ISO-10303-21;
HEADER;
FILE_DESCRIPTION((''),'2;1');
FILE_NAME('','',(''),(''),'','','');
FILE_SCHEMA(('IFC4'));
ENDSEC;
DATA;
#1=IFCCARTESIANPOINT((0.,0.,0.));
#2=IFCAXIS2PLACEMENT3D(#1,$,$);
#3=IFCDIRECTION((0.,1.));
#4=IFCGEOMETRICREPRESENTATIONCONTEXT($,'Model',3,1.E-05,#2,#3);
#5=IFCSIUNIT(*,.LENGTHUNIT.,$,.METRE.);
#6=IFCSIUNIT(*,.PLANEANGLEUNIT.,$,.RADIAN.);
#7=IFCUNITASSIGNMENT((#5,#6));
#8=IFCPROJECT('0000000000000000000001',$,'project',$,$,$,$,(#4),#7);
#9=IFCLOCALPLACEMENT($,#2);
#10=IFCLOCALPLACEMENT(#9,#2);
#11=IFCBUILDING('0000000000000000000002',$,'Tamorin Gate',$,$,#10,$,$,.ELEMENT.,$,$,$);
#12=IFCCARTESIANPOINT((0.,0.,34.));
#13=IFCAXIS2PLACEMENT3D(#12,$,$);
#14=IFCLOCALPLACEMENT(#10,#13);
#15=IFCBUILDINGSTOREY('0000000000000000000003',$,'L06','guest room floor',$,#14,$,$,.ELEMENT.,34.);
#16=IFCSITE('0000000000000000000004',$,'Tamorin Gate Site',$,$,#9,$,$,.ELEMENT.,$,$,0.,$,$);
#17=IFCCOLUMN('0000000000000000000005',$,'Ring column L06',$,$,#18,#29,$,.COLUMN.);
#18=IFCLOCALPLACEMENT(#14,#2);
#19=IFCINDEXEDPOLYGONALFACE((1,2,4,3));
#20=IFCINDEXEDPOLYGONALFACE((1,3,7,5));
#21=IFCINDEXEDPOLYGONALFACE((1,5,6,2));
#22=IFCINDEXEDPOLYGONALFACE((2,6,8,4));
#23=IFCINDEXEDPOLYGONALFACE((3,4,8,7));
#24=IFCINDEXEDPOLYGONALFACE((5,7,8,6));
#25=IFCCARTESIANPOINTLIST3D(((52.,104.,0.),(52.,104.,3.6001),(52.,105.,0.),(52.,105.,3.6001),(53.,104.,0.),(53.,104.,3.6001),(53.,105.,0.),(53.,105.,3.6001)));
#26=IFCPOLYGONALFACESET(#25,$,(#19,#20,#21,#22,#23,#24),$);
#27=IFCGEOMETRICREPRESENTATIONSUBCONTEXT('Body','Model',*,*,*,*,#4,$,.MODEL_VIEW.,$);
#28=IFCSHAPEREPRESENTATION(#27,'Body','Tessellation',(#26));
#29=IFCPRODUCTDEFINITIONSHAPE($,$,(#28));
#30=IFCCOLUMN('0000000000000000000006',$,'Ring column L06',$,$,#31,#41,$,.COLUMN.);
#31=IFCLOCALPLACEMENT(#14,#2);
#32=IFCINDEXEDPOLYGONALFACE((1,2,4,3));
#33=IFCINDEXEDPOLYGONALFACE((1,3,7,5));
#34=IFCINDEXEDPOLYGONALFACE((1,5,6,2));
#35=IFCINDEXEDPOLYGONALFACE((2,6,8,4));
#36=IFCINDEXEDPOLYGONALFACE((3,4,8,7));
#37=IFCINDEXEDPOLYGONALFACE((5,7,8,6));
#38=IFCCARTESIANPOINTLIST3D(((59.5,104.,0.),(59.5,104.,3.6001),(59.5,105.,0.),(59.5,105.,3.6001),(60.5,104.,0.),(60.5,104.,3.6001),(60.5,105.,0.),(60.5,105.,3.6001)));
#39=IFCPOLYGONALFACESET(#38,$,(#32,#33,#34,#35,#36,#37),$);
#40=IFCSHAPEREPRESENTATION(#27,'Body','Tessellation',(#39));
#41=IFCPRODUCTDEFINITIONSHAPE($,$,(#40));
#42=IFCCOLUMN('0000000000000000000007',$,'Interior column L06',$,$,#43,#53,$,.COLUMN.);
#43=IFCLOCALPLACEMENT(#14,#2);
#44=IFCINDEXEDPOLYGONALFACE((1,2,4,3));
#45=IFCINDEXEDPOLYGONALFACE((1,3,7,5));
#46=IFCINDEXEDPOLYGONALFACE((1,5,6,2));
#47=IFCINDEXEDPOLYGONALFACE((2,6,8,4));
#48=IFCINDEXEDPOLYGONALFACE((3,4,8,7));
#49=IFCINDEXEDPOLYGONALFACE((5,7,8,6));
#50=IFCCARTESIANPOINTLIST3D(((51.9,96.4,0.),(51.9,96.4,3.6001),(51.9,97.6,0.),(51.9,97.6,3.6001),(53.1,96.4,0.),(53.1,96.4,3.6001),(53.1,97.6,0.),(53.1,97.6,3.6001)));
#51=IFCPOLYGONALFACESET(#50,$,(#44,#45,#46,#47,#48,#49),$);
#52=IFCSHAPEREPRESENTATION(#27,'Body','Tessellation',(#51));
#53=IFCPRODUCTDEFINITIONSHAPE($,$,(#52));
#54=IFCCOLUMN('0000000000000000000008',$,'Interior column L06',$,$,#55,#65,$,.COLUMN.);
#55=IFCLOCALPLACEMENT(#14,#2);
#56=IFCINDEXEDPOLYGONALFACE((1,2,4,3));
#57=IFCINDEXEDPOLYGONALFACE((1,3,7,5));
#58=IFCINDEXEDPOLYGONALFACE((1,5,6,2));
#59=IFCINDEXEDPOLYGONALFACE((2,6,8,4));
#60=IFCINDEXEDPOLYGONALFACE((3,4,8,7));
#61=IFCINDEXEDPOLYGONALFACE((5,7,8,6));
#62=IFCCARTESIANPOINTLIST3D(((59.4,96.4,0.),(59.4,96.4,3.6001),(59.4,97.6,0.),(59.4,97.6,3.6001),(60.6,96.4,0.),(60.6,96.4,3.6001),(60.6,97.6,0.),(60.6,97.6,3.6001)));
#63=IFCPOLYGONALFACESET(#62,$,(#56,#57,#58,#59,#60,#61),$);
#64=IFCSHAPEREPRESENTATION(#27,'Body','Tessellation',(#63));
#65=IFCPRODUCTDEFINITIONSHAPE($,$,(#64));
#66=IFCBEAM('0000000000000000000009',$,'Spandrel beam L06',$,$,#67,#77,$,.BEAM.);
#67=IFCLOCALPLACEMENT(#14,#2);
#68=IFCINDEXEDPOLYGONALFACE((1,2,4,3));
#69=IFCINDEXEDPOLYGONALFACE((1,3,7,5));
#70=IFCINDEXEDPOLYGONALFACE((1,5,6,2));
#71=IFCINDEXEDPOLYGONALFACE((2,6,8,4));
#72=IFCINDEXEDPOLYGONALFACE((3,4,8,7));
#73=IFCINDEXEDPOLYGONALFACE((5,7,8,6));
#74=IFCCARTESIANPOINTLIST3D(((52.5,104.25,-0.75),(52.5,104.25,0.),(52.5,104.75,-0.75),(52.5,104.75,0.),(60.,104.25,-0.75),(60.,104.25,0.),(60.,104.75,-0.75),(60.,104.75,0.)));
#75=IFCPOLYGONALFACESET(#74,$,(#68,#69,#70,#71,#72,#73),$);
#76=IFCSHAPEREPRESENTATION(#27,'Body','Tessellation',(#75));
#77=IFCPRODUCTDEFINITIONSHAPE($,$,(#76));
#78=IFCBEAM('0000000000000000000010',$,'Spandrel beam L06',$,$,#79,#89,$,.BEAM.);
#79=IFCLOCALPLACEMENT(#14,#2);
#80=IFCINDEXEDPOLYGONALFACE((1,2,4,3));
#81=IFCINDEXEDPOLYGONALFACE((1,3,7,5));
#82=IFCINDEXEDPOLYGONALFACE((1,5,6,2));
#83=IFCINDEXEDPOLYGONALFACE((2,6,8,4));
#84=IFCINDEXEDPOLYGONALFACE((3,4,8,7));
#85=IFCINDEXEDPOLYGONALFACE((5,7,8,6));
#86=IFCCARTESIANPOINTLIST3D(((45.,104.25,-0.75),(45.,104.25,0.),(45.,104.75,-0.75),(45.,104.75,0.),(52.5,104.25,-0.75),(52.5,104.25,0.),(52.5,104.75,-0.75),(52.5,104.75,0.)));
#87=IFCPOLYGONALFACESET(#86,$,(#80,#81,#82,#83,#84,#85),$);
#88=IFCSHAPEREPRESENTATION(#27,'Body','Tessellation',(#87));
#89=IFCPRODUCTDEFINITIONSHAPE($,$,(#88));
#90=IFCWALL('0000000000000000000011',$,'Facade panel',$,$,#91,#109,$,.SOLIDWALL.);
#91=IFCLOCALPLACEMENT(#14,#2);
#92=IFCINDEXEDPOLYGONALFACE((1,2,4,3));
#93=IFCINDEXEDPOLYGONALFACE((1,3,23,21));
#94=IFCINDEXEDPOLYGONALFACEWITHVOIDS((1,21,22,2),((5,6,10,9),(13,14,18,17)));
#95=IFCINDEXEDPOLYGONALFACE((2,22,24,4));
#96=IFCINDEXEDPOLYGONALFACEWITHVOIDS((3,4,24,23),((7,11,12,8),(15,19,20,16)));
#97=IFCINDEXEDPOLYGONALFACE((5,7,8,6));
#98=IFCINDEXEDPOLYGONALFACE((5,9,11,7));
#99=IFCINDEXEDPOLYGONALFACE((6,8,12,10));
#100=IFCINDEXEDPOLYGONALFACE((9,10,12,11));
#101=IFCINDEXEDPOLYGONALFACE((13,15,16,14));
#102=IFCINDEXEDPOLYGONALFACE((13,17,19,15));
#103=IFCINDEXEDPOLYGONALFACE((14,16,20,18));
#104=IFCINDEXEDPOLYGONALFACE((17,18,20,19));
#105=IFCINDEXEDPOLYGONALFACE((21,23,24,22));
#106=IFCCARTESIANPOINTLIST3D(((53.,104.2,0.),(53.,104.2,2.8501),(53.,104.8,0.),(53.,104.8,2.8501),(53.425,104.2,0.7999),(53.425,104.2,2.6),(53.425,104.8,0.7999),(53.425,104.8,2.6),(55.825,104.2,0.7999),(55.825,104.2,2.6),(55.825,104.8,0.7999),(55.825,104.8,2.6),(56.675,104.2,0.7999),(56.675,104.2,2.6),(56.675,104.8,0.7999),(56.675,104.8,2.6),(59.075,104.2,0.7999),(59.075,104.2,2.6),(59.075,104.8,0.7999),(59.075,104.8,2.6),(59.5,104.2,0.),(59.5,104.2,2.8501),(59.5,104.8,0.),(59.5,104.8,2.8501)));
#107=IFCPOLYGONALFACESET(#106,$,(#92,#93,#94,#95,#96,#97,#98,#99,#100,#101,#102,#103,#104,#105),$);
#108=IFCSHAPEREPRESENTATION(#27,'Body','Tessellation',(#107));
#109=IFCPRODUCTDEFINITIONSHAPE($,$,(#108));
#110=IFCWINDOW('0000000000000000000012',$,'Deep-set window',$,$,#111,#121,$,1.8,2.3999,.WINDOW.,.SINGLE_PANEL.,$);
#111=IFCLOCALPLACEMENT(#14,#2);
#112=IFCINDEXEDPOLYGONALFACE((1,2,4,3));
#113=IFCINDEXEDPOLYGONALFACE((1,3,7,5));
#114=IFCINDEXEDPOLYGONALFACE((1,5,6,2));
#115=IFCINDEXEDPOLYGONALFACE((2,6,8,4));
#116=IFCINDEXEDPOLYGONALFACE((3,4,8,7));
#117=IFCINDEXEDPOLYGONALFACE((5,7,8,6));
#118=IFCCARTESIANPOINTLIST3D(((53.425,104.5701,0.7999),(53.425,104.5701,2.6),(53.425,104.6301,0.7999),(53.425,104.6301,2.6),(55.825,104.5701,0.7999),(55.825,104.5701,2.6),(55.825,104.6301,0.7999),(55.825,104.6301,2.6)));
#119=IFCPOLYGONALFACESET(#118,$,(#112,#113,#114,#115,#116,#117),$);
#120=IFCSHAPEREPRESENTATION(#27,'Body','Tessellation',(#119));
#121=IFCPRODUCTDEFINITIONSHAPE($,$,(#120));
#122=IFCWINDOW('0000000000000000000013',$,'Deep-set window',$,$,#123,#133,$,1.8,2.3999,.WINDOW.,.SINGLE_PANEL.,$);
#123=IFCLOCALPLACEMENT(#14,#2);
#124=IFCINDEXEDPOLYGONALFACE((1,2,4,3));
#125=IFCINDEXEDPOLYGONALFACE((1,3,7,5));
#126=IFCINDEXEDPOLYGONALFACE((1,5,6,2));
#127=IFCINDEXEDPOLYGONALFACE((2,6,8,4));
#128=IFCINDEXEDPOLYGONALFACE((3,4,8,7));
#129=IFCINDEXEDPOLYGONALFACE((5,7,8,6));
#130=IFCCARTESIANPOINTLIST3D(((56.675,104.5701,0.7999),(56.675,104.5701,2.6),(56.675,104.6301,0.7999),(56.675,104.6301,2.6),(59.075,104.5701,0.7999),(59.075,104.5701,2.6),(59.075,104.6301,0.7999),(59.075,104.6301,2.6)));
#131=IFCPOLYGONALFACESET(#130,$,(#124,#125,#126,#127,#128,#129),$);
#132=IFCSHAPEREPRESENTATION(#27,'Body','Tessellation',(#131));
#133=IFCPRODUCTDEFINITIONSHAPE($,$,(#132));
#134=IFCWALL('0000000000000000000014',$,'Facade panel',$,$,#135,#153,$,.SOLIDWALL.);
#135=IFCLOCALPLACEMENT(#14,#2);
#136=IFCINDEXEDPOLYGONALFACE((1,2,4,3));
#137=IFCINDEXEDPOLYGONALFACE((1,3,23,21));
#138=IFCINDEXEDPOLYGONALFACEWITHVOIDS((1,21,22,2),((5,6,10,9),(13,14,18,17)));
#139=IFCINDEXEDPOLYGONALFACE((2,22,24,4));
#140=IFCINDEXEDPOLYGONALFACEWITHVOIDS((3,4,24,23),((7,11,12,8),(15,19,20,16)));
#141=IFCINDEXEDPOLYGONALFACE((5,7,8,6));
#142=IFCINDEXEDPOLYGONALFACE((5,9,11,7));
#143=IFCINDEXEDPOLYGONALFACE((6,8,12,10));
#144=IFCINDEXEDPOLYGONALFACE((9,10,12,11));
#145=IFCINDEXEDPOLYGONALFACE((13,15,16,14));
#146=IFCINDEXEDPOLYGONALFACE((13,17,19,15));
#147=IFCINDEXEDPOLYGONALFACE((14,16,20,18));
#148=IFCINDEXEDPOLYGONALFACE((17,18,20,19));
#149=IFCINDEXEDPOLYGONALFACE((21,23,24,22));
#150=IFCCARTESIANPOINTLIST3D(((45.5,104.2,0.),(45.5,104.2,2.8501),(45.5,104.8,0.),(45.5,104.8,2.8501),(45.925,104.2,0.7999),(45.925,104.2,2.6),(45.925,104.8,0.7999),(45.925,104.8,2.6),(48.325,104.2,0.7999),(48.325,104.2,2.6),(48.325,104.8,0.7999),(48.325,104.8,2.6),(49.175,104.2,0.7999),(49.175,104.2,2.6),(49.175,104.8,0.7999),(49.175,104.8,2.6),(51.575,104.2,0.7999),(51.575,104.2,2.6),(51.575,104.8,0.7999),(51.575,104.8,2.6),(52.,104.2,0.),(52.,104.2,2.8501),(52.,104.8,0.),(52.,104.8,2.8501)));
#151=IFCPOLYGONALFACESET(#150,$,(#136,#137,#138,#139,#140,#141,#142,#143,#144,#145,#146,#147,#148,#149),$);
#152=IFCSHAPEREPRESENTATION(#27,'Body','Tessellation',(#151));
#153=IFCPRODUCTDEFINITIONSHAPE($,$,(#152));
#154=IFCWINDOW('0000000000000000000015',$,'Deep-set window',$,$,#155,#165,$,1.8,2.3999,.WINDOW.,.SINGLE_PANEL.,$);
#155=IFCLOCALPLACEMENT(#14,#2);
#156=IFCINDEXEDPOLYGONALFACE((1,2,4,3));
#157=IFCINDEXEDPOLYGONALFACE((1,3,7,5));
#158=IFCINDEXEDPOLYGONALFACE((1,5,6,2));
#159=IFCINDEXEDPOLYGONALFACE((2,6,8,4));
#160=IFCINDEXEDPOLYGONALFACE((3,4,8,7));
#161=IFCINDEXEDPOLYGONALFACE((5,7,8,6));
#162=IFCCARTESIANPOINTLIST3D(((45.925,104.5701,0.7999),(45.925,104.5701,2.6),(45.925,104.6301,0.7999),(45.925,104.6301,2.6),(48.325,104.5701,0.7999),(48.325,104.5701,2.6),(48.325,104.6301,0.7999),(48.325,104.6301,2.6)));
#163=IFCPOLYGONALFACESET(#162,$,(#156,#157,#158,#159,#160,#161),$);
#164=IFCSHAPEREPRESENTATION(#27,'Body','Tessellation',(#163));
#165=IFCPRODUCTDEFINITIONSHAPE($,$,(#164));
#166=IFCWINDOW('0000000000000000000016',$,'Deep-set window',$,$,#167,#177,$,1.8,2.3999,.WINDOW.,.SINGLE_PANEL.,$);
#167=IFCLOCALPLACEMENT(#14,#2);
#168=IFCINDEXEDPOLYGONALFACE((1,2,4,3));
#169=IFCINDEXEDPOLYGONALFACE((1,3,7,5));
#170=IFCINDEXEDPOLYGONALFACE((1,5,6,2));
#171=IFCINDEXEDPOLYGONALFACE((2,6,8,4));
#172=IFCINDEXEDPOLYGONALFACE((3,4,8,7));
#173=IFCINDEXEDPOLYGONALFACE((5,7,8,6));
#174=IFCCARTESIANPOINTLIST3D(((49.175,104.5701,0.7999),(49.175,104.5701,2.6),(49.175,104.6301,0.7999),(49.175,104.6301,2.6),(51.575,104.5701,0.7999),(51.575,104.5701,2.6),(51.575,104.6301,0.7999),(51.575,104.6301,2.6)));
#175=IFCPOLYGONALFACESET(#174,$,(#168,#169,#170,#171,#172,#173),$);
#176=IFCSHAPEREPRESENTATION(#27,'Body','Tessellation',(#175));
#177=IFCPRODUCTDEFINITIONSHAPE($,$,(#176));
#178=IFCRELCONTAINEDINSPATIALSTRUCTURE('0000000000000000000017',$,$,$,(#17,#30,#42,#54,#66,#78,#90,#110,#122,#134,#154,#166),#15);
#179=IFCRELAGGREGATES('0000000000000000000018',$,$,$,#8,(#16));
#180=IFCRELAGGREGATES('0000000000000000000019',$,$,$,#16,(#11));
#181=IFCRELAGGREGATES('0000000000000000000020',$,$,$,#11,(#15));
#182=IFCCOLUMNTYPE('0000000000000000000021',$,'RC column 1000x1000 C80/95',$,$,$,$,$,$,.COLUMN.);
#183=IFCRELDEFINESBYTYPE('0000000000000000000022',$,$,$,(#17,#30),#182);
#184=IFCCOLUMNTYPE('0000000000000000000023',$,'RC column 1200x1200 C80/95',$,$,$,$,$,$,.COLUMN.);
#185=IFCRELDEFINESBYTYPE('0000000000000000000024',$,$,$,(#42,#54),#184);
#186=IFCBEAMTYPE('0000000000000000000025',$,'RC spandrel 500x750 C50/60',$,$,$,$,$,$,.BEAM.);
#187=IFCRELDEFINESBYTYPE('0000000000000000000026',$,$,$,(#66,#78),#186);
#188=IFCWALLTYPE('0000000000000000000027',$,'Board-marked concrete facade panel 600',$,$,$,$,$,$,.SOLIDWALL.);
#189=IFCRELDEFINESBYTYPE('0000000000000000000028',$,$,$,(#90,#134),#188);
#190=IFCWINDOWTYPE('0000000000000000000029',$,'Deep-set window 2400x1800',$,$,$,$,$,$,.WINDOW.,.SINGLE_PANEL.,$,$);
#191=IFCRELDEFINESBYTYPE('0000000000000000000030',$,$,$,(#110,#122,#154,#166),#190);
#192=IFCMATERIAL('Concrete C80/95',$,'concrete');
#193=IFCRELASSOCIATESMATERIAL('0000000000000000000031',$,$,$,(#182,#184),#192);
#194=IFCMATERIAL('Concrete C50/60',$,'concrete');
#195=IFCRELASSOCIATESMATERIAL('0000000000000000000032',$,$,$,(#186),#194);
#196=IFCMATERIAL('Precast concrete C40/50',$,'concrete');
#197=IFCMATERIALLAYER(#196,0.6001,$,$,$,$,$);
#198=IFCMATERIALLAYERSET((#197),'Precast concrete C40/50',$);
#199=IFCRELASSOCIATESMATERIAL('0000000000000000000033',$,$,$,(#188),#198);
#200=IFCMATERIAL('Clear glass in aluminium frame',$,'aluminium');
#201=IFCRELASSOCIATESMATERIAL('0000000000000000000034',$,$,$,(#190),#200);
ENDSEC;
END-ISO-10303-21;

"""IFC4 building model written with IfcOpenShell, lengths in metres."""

from ifc_helpers import new_model, si_unit, direction, frame, frame_2d, origin, origin_2d, place, context, subcontext, project, spatial, rectangle, extrude, material, layer, layer_set, material_profile, profile_set, type_object, element, fill, save


model = new_model("IFC4")

# Units and contexts
model_context = context("Model", 3, precision=1e-05, world=origin(), true_north=direction((0.0, 1.0)))
body_context = subcontext(model_context, "Body", "Model", "MODEL_VIEW")
ifc_project = project(units=[si_unit("LENGTHUNIT", "METRE"), si_unit("PLANEANGLEUNIT", "RADIAN")], contexts=[model_context])

# Site, building, storey
site_placement = place(None, origin())
site = spatial("IfcSite", under=ifc_project, at=site_placement, Name="Tamorin Gate Site", CompositionType="ELEMENT", RefElevation=0.0)
building_placement = place(site_placement, origin())
building = spatial("IfcBuilding", under=site, at=building_placement, Name="Tamorin Gate", CompositionType="ELEMENT")
storey_placement = place(building_placement, frame((0.0, 0.0, 34.0)))
storey = spatial("IfcBuildingStorey", under=building, at=storey_placement, Name="L06", Description="guest room floor", CompositionType="ELEMENT", Elevation=34.0)

# Columns
ifc_material_1 = material(Name="Concrete C80/95", Category="concrete")
ifc_material_profile_1 = material_profile(ifc_material_1, rectangle(XDim=1.0, YDim=1.0, at=origin_2d()), Name="RC 1000x1000")
ifc_profile_set_1 = profile_set([ifc_material_profile_1], Name="Concrete C80/95")
column_type_1 = type_object("IfcColumnType", Name="RC column 1000x1000 C80/95", PredefinedType="COLUMN", material=ifc_profile_set_1)
for number, where, z_axis, x_axis, name in (
    (1, (52.5, 104.5, 0.0), (0.0, 0.0, 1.0), (1.0, 0.0, 0.0), "Ring column L06"),
    (2, (60.0, 104.5, 0.0), (0.0, 0.0, 1.0), (1.0, 0.0, 0.0), "Ring column L06"),
):
    element("IfcColumn", number, at=place(storey_placement, frame(where, z_axis=z_axis, x_axis=x_axis)), inside=storey, type_object=column_type_1, Name=name, PredefinedType="COLUMN", context=body_context, shape_type="SweptSolid", body=[
        extrude(rectangle(XDim=1.0, YDim=1.0, at=origin_2d()), origin(), (0.0, 0.0, 1.0), 3.6001),
    ])
ifc_material_profile_2 = material_profile(ifc_material_1, rectangle(XDim=1.2, YDim=1.2, at=origin_2d()), Name="RC 1200x1200")
ifc_profile_set_2 = profile_set([ifc_material_profile_2], Name="Concrete C80/95")
column_type_2 = type_object("IfcColumnType", Name="RC column 1200x1200 C80/95", PredefinedType="COLUMN", material=ifc_profile_set_2)
for number, where, z_axis, x_axis, name in (
    (3, (52.5, 97.0, 0.0), (0.0, 0.0, 1.0), (1.0, 0.0, 0.0), "Interior column L06"),
    (4, (60.0, 97.0, 0.0), (0.0, 0.0, 1.0), (1.0, 0.0, 0.0), "Interior column L06"),
):
    element("IfcColumn", number, at=place(storey_placement, frame(where, z_axis=z_axis, x_axis=x_axis)), inside=storey, type_object=column_type_2, Name=name, PredefinedType="COLUMN", context=body_context, shape_type="SweptSolid", body=[
        extrude(rectangle(XDim=1.2, YDim=1.2, at=origin_2d()), origin(), (0.0, 0.0, 1.0), 3.6001),
    ])

# Beams
ifc_material_2 = material(Name="Concrete C50/60", Category="concrete")
ifc_material_profile_3 = material_profile(ifc_material_2, rectangle(XDim=0.5, YDim=0.75, at=origin_2d()), Name="RC 500x750")
ifc_profile_set_3 = profile_set([ifc_material_profile_3], Name="Concrete C50/60")
beam_type = type_object("IfcBeamType", Name="RC spandrel 500x750 C50/60", PredefinedType="BEAM", material=ifc_profile_set_3)
for number, where, z_axis, x_axis, name in (
    (5, (60.0, 104.5, -0.375), (-1.0, 0.0, 0.0), (0.0, -1.0, 0.0), "Spandrel beam L06"),
    (6, (52.5, 104.5, -0.375), (-1.0, 0.0, 0.0), (0.0, -1.0, 0.0), "Spandrel beam L06"),
):
    element("IfcBeam", number, at=place(storey_placement, frame(where, z_axis=z_axis, x_axis=x_axis)), inside=storey, type_object=beam_type, Name=name, PredefinedType="BEAM", context=body_context, shape_type="SweptSolid", body=[
        extrude(rectangle(XDim=0.5, YDim=0.75, at=origin_2d()), origin(), (0.0, 0.0, 1.0), 7.5),
    ])

# Walls, openings, windows
ifc_material_3 = material(Name="Precast concrete C40/50", Category="concrete")
ifc_layer_1 = layer(ifc_material_3, 0.6001)
ifc_layer_set_1 = layer_set([ifc_layer_1], Name="Precast concrete C40/50")
wall_type_1 = type_object("IfcWallType", Name="Board-marked concrete facade panel 600", PredefinedType="SOLIDWALL", material=ifc_layer_set_1)
wall_1_placement = place(storey_placement, frame((59.5, 104.5, 0.0), z_axis=(0.0, 0.0, 1.0), x_axis=(-1.0, 0.0, 0.0)))
wall_1 = element("IfcWall", 7, at=wall_1_placement, inside=storey, type_object=wall_type_1, Name="Facade panel", PredefinedType="SOLIDWALL", context=body_context, shape_type="SweptSolid", body=[
    extrude(rectangle(XDim=6.5, YDim=0.6001, at=frame_2d((3.25, 0.0))), origin(), (0.0, 0.0, 1.0), 2.8501),
])
opening_1_placement = place(wall_1_placement, frame((3.675, 0.0, 0.8)))
opening_1 = element("IfcOpeningElement", 8, at=opening_1_placement, cuts=wall_1, PredefinedType="OPENING", context=body_context, shape_type="SweptSolid", body=[
    extrude(rectangle(XDim=2.3999, YDim=1.8, at=frame_2d((1.2, 0.8999))), frame((0.0, 0.3101, 0.0), z_axis=(0.0, -1.0, 0.0), x_axis=(1.0, 0.0, 0.0)), (0.0, 0.0, 1.0), 0.6201),
])
opening_2_placement = place(wall_1_placement, frame((0.425, 0.0, 0.8)))
opening_2 = element("IfcOpeningElement", 9, at=opening_2_placement, cuts=wall_1, PredefinedType="OPENING", context=body_context, shape_type="SweptSolid", body=[
    extrude(rectangle(XDim=2.3999, YDim=1.8, at=frame_2d((1.2, 0.8999))), frame((0.0, 0.3101, 0.0), z_axis=(0.0, -1.0, 0.0), x_axis=(1.0, 0.0, 0.0)), (0.0, 0.0, 1.0), 0.6201),
])
ifc_material_4 = material(Name="Clear glass in aluminium frame", Category="aluminium")
window_type = type_object("IfcWindowType", Name="Deep-set window 2400x1800", PartitioningType="SINGLE_PANEL", PredefinedType="WINDOW", material=ifc_material_4)
window_1_placement = place(opening_1_placement, origin())
window_1 = element("IfcWindow", 10, at=window_1_placement, inside=storey, type_object=window_type, Name="Deep-set window", OverallHeight=1.8, OverallWidth=2.3999, PartitioningType="SINGLE_PANEL", PredefinedType="WINDOW", context=body_context, shape_type="SweptSolid", body=[
    extrude(rectangle(XDim=2.3999, YDim=1.8, at=frame_2d((1.2, 0.8999))), frame((0.0, -0.0701, 0.0), z_axis=(0.0, -1.0, 0.0), x_axis=(1.0, 0.0, 0.0)), (0.0, 0.0, 1.0), 0.0601),
])
fill(opening_1, window_1)
window_2_placement = place(opening_2_placement, origin())
window_2 = element("IfcWindow", 11, at=window_2_placement, inside=storey, type_object=window_type, Name="Deep-set window", OverallHeight=1.8, OverallWidth=2.3999, PartitioningType="SINGLE_PANEL", PredefinedType="WINDOW", context=body_context, shape_type="SweptSolid", body=[
    extrude(rectangle(XDim=2.3999, YDim=1.8, at=frame_2d((1.2, 0.8999))), frame((0.0, -0.0701, 0.0), z_axis=(0.0, -1.0, 0.0), x_axis=(1.0, 0.0, 0.0)), (0.0, 0.0, 1.0), 0.0601),
])
fill(opening_2, window_2)
wall_2_placement = place(storey_placement, frame((52.0, 104.5, 0.0), z_axis=(0.0, 0.0, 1.0), x_axis=(-1.0, 0.0, 0.0)))
wall_2 = element("IfcWall", 12, at=wall_2_placement, inside=storey, type_object=wall_type_1, Name="Facade panel", PredefinedType="SOLIDWALL", context=body_context, shape_type="SweptSolid", body=[
    extrude(rectangle(XDim=6.5, YDim=0.6001, at=frame_2d((3.25, 0.0))), origin(), (0.0, 0.0, 1.0), 2.8501),
])
opening_3_placement = place(wall_2_placement, frame((3.675, 0.0, 0.8)))
opening_3 = element("IfcOpeningElement", 13, at=opening_3_placement, cuts=wall_2, PredefinedType="OPENING", context=body_context, shape_type="SweptSolid", body=[
    extrude(rectangle(XDim=2.3999, YDim=1.8, at=frame_2d((1.2, 0.8999))), frame((0.0, 0.3101, 0.0), z_axis=(0.0, -1.0, 0.0), x_axis=(1.0, 0.0, 0.0)), (0.0, 0.0, 1.0), 0.6201),
])
opening_4_placement = place(wall_2_placement, frame((0.425, 0.0, 0.8)))
opening_4 = element("IfcOpeningElement", 14, at=opening_4_placement, cuts=wall_2, PredefinedType="OPENING", context=body_context, shape_type="SweptSolid", body=[
    extrude(rectangle(XDim=2.3999, YDim=1.8, at=frame_2d((1.2, 0.8999))), frame((0.0, 0.3101, 0.0), z_axis=(0.0, -1.0, 0.0), x_axis=(1.0, 0.0, 0.0)), (0.0, 0.0, 1.0), 0.6201),
])
window_3_placement = place(opening_3_placement, origin())
window_3 = element("IfcWindow", 15, at=window_3_placement, inside=storey, type_object=window_type, Name="Deep-set window", OverallHeight=1.8, OverallWidth=2.3999, PartitioningType="SINGLE_PANEL", PredefinedType="WINDOW", context=body_context, shape_type="SweptSolid", body=[
    extrude(rectangle(XDim=2.3999, YDim=1.8, at=frame_2d((1.2, 0.8999))), frame((0.0, -0.0701, 0.0), z_axis=(0.0, -1.0, 0.0), x_axis=(1.0, 0.0, 0.0)), (0.0, 0.0, 1.0), 0.0601),
])
fill(opening_3, window_3)
window_4_placement = place(opening_4_placement, origin())
window_4 = element("IfcWindow", 16, at=window_4_placement, inside=storey, type_object=window_type, Name="Deep-set window", OverallHeight=1.8, OverallWidth=2.3999, PartitioningType="SINGLE_PANEL", PredefinedType="WINDOW", context=body_context, shape_type="SweptSolid", body=[
    extrude(rectangle(XDim=2.3999, YDim=1.8, at=frame_2d((1.2, 0.8999))), frame((0.0, -0.0701, 0.0), z_axis=(0.0, -1.0, 0.0), x_axis=(1.0, 0.0, 0.0)), (0.0, 0.0, 1.0), 0.0601),
])
fill(opening_4, window_4)

save(model, "model.ifc")
